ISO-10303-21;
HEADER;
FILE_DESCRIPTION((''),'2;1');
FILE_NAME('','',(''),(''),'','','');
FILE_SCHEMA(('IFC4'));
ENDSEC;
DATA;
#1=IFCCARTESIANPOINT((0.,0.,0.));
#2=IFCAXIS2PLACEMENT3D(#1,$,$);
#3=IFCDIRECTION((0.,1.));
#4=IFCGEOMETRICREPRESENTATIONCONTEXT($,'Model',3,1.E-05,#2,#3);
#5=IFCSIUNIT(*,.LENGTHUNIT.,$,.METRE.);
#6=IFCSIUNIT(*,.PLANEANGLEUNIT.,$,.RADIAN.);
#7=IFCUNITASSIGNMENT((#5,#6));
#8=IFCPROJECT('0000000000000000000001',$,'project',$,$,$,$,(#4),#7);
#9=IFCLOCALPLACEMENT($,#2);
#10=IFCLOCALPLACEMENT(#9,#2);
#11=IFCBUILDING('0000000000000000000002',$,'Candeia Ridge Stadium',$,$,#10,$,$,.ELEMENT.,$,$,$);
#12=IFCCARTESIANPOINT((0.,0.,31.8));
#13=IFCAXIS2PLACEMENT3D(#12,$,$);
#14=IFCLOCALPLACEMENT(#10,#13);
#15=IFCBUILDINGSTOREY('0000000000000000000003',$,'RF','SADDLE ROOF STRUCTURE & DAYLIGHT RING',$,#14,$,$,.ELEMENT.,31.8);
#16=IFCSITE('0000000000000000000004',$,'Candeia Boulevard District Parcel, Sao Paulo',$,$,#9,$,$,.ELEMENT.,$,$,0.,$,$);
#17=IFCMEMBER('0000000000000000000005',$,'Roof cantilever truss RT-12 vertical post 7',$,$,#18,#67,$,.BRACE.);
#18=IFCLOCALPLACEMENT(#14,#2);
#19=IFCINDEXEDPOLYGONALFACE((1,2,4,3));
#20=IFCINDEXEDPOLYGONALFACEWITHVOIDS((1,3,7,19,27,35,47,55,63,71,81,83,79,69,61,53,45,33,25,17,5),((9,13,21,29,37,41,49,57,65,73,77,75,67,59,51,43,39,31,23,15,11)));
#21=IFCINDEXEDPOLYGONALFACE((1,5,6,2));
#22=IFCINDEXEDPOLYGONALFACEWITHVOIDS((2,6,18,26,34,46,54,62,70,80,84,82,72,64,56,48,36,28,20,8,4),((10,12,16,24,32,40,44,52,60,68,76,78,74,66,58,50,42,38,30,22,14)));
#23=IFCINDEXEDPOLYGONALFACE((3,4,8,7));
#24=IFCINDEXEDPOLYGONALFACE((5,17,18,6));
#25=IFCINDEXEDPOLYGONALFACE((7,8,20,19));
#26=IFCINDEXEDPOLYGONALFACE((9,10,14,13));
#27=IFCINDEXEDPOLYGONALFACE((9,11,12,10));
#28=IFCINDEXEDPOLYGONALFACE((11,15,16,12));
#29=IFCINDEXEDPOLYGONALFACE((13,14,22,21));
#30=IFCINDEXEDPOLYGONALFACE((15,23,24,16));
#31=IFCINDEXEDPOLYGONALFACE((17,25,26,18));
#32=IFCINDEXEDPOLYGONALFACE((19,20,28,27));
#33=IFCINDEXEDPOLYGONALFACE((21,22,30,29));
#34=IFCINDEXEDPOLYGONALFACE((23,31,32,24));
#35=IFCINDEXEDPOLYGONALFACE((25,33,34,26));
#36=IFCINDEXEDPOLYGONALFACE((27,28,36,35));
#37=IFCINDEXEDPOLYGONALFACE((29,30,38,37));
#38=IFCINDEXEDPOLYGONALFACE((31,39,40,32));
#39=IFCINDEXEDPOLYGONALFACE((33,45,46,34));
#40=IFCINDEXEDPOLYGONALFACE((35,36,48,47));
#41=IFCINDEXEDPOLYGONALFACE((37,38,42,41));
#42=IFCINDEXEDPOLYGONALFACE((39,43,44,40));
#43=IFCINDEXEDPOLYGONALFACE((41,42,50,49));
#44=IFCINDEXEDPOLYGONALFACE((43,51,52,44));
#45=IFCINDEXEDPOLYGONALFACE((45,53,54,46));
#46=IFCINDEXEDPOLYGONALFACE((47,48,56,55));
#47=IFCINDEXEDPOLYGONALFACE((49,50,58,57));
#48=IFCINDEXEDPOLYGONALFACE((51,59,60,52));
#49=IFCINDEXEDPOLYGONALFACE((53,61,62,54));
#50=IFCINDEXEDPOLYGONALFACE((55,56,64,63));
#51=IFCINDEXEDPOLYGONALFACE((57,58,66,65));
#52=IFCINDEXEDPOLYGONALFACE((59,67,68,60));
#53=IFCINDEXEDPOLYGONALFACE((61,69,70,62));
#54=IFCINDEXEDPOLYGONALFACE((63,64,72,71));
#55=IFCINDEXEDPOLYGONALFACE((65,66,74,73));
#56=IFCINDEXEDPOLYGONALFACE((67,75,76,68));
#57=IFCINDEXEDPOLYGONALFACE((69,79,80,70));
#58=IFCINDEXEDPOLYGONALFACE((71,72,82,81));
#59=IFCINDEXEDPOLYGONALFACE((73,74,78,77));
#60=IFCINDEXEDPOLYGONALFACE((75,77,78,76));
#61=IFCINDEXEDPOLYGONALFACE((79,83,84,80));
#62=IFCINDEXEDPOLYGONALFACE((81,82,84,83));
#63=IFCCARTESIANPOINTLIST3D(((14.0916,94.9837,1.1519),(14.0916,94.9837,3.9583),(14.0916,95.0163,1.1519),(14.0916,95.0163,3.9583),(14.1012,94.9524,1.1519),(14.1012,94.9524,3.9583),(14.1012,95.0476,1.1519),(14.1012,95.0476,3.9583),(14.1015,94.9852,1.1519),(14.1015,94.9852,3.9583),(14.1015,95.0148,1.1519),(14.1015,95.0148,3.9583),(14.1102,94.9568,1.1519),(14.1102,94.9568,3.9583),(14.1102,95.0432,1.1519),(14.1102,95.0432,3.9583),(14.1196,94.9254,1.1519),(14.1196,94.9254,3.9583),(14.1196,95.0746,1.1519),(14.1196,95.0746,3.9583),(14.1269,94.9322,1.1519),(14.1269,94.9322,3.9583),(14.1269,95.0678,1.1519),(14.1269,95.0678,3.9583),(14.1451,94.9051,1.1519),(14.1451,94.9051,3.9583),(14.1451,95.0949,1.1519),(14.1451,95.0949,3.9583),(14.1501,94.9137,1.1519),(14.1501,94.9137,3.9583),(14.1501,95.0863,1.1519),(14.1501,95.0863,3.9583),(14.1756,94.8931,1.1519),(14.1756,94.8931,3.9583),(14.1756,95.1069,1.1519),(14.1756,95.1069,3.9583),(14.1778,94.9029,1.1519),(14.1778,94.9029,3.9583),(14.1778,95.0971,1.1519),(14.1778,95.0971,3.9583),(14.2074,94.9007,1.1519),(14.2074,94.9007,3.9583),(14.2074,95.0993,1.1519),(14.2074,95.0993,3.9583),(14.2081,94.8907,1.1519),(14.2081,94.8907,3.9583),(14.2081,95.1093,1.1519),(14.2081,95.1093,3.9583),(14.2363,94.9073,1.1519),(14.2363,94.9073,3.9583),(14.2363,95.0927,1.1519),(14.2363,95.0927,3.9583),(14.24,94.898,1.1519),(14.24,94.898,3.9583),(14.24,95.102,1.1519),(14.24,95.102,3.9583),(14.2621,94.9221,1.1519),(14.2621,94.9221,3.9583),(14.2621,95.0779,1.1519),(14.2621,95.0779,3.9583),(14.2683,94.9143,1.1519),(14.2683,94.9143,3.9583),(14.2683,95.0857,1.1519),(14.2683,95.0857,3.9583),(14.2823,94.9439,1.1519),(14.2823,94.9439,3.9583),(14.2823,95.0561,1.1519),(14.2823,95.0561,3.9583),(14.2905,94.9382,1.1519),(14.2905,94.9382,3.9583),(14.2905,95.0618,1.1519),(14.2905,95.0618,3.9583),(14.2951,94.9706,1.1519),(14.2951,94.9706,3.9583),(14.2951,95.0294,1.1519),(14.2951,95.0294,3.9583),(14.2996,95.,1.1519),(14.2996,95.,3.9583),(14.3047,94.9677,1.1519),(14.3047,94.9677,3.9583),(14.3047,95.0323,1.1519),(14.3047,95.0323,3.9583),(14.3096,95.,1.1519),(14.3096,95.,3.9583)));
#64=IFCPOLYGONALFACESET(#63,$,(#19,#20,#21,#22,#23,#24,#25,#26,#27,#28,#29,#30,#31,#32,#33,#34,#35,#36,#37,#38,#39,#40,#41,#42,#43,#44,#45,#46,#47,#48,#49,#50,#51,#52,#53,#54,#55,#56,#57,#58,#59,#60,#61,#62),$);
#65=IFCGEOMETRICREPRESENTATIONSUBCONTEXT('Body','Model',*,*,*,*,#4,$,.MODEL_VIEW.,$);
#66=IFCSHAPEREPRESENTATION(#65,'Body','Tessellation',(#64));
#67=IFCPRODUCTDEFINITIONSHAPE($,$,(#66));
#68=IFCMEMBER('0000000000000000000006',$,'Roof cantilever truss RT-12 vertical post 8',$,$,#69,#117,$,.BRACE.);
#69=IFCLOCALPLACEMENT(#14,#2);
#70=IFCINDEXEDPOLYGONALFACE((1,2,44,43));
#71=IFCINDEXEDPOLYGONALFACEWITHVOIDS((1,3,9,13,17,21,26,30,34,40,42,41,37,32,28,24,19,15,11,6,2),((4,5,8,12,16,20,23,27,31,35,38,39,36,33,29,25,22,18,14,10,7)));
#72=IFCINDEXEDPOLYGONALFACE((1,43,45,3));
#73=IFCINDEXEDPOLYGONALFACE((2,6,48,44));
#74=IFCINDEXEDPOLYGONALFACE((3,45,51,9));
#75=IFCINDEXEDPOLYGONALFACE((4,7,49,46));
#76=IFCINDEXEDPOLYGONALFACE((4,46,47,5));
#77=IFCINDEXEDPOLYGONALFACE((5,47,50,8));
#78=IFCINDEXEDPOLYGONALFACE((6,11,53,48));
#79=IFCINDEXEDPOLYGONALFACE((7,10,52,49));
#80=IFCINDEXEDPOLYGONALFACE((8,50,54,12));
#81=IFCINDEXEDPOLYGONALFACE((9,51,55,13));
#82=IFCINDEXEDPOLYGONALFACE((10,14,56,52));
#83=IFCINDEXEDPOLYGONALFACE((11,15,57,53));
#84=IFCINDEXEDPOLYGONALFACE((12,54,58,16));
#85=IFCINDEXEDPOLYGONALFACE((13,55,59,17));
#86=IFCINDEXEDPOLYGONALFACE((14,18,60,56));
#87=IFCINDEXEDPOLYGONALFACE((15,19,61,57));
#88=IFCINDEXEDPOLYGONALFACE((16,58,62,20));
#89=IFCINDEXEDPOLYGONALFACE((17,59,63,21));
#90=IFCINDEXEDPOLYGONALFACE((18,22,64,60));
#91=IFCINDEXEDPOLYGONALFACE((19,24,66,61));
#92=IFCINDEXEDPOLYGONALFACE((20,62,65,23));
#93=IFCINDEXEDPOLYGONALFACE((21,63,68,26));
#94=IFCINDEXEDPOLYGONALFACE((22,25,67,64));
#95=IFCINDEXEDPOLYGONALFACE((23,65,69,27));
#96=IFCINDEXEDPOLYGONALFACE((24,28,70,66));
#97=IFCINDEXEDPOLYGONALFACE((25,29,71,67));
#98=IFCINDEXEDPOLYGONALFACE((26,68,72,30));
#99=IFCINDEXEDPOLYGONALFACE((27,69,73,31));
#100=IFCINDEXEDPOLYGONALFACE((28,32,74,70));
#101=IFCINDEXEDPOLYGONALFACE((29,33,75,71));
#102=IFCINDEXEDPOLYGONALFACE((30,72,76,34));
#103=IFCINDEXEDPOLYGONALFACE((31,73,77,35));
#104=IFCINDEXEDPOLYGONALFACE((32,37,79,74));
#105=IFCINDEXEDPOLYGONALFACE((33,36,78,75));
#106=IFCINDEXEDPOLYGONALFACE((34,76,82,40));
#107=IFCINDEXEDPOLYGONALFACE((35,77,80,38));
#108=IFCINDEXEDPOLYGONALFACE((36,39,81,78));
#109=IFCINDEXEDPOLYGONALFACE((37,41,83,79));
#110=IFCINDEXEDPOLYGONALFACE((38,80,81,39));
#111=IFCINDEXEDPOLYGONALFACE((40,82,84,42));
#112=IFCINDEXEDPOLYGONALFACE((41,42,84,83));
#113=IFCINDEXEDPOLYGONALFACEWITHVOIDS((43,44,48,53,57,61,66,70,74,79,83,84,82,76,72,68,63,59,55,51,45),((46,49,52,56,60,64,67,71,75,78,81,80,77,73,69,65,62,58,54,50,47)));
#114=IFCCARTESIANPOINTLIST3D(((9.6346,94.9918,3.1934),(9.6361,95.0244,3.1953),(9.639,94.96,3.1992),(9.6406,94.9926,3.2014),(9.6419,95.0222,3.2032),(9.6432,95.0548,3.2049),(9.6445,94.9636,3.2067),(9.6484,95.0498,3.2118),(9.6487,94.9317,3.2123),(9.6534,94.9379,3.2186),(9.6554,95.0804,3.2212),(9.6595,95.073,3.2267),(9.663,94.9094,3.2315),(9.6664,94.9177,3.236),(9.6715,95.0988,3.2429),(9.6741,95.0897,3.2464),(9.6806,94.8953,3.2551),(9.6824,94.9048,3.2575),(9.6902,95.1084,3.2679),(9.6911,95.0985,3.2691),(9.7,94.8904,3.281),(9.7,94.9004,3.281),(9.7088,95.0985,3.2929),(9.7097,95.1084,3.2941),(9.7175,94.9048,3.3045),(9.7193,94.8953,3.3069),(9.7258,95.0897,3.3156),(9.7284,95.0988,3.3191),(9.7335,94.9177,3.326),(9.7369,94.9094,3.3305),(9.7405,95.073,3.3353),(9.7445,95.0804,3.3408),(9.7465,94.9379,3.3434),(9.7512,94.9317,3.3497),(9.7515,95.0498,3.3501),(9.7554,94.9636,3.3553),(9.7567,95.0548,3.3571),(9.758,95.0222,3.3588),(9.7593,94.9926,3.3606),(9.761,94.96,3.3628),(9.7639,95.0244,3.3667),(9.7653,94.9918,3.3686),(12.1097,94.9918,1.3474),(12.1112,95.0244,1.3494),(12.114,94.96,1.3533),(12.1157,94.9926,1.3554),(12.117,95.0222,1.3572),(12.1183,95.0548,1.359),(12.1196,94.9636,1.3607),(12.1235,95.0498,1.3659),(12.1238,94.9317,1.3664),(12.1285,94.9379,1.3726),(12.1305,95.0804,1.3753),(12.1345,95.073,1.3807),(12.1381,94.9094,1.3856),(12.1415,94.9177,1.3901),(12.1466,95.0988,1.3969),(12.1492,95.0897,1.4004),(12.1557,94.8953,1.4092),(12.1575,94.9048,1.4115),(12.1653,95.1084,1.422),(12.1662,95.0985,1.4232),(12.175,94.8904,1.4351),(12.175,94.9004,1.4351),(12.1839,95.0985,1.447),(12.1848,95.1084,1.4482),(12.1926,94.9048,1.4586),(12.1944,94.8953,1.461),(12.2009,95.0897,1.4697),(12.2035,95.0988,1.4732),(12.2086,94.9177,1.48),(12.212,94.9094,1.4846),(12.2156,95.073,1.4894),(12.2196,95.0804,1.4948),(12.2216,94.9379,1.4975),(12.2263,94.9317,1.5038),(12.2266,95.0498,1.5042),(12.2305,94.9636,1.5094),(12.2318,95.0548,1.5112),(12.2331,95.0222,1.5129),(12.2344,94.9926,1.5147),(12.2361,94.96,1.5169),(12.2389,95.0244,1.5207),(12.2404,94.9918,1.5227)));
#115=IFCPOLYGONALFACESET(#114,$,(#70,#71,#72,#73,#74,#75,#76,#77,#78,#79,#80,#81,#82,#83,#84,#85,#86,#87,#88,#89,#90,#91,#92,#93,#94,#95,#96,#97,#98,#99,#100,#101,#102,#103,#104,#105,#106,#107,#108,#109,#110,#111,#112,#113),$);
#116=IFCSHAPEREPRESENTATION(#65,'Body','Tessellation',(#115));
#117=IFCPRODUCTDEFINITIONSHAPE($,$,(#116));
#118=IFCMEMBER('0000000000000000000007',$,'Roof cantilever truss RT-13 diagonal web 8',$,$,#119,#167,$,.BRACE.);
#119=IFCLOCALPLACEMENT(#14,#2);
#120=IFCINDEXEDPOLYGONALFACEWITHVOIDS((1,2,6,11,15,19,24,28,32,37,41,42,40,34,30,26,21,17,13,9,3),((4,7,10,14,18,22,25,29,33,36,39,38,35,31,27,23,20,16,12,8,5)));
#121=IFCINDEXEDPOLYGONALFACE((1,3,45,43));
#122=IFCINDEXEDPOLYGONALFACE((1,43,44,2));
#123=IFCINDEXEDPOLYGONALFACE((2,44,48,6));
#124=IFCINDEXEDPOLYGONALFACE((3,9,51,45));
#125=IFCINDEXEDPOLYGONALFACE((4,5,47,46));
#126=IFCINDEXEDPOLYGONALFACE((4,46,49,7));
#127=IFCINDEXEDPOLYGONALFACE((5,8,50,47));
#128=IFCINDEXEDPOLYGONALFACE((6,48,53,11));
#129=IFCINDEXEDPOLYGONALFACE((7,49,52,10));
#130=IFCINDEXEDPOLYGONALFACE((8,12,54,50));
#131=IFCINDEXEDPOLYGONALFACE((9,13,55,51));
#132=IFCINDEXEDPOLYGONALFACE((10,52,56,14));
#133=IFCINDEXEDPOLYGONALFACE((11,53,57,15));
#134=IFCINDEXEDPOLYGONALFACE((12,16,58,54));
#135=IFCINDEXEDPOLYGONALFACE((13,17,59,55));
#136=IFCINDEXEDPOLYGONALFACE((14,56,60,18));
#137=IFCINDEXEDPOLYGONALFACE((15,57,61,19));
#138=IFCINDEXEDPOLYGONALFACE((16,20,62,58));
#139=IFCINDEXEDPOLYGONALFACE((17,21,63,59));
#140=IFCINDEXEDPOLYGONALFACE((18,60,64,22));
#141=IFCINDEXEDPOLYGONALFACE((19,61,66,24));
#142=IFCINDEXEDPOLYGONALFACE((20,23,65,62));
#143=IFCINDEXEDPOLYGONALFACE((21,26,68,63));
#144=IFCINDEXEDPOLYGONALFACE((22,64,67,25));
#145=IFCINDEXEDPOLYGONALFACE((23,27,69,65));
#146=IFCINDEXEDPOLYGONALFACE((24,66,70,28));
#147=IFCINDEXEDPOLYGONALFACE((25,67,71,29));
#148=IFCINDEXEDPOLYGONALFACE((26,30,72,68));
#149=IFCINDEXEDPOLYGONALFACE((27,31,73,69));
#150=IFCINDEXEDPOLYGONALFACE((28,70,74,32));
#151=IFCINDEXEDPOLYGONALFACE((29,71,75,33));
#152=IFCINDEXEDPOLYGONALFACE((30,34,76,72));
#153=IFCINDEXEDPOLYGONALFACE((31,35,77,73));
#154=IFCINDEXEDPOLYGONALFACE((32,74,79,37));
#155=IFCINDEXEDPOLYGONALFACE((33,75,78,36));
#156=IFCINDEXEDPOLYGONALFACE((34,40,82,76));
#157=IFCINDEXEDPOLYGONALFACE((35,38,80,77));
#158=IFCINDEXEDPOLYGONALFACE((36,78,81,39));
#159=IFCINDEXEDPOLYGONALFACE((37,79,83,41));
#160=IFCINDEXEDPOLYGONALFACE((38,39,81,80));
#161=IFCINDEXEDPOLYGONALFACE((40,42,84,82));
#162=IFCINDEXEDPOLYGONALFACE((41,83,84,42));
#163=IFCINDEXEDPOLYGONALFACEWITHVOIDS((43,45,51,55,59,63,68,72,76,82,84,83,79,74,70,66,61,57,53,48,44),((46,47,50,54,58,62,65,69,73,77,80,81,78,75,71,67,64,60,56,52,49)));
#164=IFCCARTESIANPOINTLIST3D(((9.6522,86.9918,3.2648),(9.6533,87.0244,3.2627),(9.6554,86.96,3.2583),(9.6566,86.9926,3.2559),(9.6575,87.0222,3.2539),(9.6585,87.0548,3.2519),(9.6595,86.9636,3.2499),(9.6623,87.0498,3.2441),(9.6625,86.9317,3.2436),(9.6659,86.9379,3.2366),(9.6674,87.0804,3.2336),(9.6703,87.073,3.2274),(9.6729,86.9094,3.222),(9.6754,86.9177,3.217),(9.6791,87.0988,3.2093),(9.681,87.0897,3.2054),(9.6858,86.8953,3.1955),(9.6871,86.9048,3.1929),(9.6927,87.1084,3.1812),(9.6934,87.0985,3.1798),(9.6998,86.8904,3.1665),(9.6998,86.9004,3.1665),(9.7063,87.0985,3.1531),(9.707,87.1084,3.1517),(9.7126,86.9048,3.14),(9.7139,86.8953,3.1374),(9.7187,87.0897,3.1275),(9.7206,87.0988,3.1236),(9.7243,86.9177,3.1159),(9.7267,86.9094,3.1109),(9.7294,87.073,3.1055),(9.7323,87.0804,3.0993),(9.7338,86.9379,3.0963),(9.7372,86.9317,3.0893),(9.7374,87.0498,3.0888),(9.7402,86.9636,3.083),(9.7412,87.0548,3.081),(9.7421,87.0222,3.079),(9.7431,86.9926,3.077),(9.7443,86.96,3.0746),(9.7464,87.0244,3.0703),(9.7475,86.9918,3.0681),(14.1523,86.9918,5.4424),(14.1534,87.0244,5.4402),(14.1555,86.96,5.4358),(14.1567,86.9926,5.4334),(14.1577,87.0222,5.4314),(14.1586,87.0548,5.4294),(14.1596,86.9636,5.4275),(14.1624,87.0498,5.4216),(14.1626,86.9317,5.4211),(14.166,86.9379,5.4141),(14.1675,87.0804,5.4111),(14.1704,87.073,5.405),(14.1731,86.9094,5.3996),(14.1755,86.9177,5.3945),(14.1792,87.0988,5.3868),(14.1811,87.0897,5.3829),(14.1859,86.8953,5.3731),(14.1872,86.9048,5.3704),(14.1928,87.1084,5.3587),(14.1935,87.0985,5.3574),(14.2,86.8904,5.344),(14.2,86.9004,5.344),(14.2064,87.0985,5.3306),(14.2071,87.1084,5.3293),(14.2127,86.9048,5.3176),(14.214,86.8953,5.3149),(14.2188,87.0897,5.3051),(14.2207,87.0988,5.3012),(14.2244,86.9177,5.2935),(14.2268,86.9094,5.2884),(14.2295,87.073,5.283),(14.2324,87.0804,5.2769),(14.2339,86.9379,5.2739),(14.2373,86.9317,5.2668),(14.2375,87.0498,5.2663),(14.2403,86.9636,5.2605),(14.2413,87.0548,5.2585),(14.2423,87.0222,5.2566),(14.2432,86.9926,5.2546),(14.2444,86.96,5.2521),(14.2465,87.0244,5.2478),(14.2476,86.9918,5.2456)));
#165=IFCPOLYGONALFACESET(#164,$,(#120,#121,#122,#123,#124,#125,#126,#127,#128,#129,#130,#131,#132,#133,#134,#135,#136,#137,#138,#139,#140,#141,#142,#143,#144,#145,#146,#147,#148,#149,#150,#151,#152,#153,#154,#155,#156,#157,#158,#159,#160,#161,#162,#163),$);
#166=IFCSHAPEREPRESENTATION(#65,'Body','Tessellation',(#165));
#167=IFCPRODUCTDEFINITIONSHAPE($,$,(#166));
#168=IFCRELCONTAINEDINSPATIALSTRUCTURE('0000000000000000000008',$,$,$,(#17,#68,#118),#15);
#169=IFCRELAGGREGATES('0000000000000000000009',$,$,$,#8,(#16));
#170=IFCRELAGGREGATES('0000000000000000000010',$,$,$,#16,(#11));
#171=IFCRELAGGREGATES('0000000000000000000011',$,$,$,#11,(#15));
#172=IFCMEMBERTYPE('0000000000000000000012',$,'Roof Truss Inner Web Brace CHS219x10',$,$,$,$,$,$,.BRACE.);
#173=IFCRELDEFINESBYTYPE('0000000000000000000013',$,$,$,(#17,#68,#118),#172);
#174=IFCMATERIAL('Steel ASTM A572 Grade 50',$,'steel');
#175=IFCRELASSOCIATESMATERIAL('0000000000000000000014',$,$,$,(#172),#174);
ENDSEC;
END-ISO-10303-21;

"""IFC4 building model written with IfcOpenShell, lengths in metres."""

from ifc_helpers import new_model, si_unit, direction, frame, origin, origin_2d, place, context, subcontext, project, spatial, hollow_circle, extrude, material, material_profile, profile_set, type_object, element, save


model = new_model("IFC4")

# Units and contexts
model_context = context("Model", 3, precision=1e-05, world=origin(), true_north=direction((0.0, 1.0)))
body_context = subcontext(model_context, "Body", "Model", "MODEL_VIEW")
ifc_project = project(units=[si_unit("LENGTHUNIT", "METRE"), si_unit("PLANEANGLEUNIT", "RADIAN")], contexts=[model_context])

# Site, building, storey
site_placement = place(None, origin())
site = spatial("IfcSite", under=ifc_project, at=site_placement, Name="Candeia Boulevard District Parcel, Sao Paulo", CompositionType="ELEMENT", RefElevation=0.0)
building_placement = place(site_placement, origin())
building = spatial("IfcBuilding", under=site, at=building_placement, Name="Candeia Ridge Stadium", CompositionType="ELEMENT")
storey_placement = place(building_placement, frame((0.0, 0.0, 31.8)))
storey = spatial("IfcBuildingStorey", under=building, at=storey_placement, Name="RF", Description="SADDLE ROOF STRUCTURE & DAYLIGHT RING", CompositionType="ELEMENT", Elevation=31.8)

# Shared definitions
ifc_material_1 = material(Name="Steel ASTM A572 Grade 50", Category="steel")

# Members
ifc_material_profile_1 = material_profile(ifc_material_1, hollow_circle(Radius=0.1096, WallThickness=0.01, at=origin_2d()), Name="CHS219x10", Category="steel")
ifc_profile_set_1 = profile_set([ifc_material_profile_1], Name="Steel ASTM A572 Grade 50")
member_type_1 = type_object("IfcMemberType", Name="Roof Truss Inner Web Brace CHS219x10", PredefinedType="BRACE", material=ifc_profile_set_1)
member_1_placement = place(storey_placement, frame((14.2, 95.0, 1.1519), z_axis=(0.0, 0.0, 1.0), x_axis=(1.0, 0.0, 0.0)))
element("IfcMember", 1, at=member_1_placement, inside=storey, type_object=member_type_1, Name="Roof cantilever truss RT-12 vertical post 7", PredefinedType="BRACE", context=body_context, shape_type="SweptSolid", body=[
    extrude(hollow_circle(Radius=0.1096, WallThickness=0.01, at=origin_2d()), origin(), (0.0, 0.0, 1.0), 2.8064),
])
member_2_placement = place(storey_placement, frame((12.175, 95.0, 1.4351), z_axis=(-0.80161, 0.0, 0.597847), x_axis=(0.0, -1.0, 0.0)))
element("IfcMember", 2, at=member_2_placement, inside=storey, type_object=member_type_1, Name="Roof cantilever truss RT-12 vertical post 8", PredefinedType="BRACE", context=body_context, shape_type="SweptSolid", body=[
    extrude(hollow_circle(Radius=0.1096, WallThickness=0.01, at=origin_2d()), origin(), (0.0, 0.0, 1.0), 3.0876),
])
member_3_placement = place(storey_placement, frame((14.2, 87.0, 5.344), z_axis=(-0.900154, 0.0, -0.435572), x_axis=(0.0, -1.0, 0.0)))
element("IfcMember", 3, at=member_3_placement, inside=storey, type_object=member_type_1, Name="Roof cantilever truss RT-13 diagonal web 8", PredefinedType="BRACE", context=body_context, shape_type="SweptSolid", body=[
    extrude(hollow_circle(Radius=0.1096, WallThickness=0.01, at=origin_2d()), origin(), (0.0, 0.0, 1.0), 4.9993),
])

save(model, "model.ifc")
